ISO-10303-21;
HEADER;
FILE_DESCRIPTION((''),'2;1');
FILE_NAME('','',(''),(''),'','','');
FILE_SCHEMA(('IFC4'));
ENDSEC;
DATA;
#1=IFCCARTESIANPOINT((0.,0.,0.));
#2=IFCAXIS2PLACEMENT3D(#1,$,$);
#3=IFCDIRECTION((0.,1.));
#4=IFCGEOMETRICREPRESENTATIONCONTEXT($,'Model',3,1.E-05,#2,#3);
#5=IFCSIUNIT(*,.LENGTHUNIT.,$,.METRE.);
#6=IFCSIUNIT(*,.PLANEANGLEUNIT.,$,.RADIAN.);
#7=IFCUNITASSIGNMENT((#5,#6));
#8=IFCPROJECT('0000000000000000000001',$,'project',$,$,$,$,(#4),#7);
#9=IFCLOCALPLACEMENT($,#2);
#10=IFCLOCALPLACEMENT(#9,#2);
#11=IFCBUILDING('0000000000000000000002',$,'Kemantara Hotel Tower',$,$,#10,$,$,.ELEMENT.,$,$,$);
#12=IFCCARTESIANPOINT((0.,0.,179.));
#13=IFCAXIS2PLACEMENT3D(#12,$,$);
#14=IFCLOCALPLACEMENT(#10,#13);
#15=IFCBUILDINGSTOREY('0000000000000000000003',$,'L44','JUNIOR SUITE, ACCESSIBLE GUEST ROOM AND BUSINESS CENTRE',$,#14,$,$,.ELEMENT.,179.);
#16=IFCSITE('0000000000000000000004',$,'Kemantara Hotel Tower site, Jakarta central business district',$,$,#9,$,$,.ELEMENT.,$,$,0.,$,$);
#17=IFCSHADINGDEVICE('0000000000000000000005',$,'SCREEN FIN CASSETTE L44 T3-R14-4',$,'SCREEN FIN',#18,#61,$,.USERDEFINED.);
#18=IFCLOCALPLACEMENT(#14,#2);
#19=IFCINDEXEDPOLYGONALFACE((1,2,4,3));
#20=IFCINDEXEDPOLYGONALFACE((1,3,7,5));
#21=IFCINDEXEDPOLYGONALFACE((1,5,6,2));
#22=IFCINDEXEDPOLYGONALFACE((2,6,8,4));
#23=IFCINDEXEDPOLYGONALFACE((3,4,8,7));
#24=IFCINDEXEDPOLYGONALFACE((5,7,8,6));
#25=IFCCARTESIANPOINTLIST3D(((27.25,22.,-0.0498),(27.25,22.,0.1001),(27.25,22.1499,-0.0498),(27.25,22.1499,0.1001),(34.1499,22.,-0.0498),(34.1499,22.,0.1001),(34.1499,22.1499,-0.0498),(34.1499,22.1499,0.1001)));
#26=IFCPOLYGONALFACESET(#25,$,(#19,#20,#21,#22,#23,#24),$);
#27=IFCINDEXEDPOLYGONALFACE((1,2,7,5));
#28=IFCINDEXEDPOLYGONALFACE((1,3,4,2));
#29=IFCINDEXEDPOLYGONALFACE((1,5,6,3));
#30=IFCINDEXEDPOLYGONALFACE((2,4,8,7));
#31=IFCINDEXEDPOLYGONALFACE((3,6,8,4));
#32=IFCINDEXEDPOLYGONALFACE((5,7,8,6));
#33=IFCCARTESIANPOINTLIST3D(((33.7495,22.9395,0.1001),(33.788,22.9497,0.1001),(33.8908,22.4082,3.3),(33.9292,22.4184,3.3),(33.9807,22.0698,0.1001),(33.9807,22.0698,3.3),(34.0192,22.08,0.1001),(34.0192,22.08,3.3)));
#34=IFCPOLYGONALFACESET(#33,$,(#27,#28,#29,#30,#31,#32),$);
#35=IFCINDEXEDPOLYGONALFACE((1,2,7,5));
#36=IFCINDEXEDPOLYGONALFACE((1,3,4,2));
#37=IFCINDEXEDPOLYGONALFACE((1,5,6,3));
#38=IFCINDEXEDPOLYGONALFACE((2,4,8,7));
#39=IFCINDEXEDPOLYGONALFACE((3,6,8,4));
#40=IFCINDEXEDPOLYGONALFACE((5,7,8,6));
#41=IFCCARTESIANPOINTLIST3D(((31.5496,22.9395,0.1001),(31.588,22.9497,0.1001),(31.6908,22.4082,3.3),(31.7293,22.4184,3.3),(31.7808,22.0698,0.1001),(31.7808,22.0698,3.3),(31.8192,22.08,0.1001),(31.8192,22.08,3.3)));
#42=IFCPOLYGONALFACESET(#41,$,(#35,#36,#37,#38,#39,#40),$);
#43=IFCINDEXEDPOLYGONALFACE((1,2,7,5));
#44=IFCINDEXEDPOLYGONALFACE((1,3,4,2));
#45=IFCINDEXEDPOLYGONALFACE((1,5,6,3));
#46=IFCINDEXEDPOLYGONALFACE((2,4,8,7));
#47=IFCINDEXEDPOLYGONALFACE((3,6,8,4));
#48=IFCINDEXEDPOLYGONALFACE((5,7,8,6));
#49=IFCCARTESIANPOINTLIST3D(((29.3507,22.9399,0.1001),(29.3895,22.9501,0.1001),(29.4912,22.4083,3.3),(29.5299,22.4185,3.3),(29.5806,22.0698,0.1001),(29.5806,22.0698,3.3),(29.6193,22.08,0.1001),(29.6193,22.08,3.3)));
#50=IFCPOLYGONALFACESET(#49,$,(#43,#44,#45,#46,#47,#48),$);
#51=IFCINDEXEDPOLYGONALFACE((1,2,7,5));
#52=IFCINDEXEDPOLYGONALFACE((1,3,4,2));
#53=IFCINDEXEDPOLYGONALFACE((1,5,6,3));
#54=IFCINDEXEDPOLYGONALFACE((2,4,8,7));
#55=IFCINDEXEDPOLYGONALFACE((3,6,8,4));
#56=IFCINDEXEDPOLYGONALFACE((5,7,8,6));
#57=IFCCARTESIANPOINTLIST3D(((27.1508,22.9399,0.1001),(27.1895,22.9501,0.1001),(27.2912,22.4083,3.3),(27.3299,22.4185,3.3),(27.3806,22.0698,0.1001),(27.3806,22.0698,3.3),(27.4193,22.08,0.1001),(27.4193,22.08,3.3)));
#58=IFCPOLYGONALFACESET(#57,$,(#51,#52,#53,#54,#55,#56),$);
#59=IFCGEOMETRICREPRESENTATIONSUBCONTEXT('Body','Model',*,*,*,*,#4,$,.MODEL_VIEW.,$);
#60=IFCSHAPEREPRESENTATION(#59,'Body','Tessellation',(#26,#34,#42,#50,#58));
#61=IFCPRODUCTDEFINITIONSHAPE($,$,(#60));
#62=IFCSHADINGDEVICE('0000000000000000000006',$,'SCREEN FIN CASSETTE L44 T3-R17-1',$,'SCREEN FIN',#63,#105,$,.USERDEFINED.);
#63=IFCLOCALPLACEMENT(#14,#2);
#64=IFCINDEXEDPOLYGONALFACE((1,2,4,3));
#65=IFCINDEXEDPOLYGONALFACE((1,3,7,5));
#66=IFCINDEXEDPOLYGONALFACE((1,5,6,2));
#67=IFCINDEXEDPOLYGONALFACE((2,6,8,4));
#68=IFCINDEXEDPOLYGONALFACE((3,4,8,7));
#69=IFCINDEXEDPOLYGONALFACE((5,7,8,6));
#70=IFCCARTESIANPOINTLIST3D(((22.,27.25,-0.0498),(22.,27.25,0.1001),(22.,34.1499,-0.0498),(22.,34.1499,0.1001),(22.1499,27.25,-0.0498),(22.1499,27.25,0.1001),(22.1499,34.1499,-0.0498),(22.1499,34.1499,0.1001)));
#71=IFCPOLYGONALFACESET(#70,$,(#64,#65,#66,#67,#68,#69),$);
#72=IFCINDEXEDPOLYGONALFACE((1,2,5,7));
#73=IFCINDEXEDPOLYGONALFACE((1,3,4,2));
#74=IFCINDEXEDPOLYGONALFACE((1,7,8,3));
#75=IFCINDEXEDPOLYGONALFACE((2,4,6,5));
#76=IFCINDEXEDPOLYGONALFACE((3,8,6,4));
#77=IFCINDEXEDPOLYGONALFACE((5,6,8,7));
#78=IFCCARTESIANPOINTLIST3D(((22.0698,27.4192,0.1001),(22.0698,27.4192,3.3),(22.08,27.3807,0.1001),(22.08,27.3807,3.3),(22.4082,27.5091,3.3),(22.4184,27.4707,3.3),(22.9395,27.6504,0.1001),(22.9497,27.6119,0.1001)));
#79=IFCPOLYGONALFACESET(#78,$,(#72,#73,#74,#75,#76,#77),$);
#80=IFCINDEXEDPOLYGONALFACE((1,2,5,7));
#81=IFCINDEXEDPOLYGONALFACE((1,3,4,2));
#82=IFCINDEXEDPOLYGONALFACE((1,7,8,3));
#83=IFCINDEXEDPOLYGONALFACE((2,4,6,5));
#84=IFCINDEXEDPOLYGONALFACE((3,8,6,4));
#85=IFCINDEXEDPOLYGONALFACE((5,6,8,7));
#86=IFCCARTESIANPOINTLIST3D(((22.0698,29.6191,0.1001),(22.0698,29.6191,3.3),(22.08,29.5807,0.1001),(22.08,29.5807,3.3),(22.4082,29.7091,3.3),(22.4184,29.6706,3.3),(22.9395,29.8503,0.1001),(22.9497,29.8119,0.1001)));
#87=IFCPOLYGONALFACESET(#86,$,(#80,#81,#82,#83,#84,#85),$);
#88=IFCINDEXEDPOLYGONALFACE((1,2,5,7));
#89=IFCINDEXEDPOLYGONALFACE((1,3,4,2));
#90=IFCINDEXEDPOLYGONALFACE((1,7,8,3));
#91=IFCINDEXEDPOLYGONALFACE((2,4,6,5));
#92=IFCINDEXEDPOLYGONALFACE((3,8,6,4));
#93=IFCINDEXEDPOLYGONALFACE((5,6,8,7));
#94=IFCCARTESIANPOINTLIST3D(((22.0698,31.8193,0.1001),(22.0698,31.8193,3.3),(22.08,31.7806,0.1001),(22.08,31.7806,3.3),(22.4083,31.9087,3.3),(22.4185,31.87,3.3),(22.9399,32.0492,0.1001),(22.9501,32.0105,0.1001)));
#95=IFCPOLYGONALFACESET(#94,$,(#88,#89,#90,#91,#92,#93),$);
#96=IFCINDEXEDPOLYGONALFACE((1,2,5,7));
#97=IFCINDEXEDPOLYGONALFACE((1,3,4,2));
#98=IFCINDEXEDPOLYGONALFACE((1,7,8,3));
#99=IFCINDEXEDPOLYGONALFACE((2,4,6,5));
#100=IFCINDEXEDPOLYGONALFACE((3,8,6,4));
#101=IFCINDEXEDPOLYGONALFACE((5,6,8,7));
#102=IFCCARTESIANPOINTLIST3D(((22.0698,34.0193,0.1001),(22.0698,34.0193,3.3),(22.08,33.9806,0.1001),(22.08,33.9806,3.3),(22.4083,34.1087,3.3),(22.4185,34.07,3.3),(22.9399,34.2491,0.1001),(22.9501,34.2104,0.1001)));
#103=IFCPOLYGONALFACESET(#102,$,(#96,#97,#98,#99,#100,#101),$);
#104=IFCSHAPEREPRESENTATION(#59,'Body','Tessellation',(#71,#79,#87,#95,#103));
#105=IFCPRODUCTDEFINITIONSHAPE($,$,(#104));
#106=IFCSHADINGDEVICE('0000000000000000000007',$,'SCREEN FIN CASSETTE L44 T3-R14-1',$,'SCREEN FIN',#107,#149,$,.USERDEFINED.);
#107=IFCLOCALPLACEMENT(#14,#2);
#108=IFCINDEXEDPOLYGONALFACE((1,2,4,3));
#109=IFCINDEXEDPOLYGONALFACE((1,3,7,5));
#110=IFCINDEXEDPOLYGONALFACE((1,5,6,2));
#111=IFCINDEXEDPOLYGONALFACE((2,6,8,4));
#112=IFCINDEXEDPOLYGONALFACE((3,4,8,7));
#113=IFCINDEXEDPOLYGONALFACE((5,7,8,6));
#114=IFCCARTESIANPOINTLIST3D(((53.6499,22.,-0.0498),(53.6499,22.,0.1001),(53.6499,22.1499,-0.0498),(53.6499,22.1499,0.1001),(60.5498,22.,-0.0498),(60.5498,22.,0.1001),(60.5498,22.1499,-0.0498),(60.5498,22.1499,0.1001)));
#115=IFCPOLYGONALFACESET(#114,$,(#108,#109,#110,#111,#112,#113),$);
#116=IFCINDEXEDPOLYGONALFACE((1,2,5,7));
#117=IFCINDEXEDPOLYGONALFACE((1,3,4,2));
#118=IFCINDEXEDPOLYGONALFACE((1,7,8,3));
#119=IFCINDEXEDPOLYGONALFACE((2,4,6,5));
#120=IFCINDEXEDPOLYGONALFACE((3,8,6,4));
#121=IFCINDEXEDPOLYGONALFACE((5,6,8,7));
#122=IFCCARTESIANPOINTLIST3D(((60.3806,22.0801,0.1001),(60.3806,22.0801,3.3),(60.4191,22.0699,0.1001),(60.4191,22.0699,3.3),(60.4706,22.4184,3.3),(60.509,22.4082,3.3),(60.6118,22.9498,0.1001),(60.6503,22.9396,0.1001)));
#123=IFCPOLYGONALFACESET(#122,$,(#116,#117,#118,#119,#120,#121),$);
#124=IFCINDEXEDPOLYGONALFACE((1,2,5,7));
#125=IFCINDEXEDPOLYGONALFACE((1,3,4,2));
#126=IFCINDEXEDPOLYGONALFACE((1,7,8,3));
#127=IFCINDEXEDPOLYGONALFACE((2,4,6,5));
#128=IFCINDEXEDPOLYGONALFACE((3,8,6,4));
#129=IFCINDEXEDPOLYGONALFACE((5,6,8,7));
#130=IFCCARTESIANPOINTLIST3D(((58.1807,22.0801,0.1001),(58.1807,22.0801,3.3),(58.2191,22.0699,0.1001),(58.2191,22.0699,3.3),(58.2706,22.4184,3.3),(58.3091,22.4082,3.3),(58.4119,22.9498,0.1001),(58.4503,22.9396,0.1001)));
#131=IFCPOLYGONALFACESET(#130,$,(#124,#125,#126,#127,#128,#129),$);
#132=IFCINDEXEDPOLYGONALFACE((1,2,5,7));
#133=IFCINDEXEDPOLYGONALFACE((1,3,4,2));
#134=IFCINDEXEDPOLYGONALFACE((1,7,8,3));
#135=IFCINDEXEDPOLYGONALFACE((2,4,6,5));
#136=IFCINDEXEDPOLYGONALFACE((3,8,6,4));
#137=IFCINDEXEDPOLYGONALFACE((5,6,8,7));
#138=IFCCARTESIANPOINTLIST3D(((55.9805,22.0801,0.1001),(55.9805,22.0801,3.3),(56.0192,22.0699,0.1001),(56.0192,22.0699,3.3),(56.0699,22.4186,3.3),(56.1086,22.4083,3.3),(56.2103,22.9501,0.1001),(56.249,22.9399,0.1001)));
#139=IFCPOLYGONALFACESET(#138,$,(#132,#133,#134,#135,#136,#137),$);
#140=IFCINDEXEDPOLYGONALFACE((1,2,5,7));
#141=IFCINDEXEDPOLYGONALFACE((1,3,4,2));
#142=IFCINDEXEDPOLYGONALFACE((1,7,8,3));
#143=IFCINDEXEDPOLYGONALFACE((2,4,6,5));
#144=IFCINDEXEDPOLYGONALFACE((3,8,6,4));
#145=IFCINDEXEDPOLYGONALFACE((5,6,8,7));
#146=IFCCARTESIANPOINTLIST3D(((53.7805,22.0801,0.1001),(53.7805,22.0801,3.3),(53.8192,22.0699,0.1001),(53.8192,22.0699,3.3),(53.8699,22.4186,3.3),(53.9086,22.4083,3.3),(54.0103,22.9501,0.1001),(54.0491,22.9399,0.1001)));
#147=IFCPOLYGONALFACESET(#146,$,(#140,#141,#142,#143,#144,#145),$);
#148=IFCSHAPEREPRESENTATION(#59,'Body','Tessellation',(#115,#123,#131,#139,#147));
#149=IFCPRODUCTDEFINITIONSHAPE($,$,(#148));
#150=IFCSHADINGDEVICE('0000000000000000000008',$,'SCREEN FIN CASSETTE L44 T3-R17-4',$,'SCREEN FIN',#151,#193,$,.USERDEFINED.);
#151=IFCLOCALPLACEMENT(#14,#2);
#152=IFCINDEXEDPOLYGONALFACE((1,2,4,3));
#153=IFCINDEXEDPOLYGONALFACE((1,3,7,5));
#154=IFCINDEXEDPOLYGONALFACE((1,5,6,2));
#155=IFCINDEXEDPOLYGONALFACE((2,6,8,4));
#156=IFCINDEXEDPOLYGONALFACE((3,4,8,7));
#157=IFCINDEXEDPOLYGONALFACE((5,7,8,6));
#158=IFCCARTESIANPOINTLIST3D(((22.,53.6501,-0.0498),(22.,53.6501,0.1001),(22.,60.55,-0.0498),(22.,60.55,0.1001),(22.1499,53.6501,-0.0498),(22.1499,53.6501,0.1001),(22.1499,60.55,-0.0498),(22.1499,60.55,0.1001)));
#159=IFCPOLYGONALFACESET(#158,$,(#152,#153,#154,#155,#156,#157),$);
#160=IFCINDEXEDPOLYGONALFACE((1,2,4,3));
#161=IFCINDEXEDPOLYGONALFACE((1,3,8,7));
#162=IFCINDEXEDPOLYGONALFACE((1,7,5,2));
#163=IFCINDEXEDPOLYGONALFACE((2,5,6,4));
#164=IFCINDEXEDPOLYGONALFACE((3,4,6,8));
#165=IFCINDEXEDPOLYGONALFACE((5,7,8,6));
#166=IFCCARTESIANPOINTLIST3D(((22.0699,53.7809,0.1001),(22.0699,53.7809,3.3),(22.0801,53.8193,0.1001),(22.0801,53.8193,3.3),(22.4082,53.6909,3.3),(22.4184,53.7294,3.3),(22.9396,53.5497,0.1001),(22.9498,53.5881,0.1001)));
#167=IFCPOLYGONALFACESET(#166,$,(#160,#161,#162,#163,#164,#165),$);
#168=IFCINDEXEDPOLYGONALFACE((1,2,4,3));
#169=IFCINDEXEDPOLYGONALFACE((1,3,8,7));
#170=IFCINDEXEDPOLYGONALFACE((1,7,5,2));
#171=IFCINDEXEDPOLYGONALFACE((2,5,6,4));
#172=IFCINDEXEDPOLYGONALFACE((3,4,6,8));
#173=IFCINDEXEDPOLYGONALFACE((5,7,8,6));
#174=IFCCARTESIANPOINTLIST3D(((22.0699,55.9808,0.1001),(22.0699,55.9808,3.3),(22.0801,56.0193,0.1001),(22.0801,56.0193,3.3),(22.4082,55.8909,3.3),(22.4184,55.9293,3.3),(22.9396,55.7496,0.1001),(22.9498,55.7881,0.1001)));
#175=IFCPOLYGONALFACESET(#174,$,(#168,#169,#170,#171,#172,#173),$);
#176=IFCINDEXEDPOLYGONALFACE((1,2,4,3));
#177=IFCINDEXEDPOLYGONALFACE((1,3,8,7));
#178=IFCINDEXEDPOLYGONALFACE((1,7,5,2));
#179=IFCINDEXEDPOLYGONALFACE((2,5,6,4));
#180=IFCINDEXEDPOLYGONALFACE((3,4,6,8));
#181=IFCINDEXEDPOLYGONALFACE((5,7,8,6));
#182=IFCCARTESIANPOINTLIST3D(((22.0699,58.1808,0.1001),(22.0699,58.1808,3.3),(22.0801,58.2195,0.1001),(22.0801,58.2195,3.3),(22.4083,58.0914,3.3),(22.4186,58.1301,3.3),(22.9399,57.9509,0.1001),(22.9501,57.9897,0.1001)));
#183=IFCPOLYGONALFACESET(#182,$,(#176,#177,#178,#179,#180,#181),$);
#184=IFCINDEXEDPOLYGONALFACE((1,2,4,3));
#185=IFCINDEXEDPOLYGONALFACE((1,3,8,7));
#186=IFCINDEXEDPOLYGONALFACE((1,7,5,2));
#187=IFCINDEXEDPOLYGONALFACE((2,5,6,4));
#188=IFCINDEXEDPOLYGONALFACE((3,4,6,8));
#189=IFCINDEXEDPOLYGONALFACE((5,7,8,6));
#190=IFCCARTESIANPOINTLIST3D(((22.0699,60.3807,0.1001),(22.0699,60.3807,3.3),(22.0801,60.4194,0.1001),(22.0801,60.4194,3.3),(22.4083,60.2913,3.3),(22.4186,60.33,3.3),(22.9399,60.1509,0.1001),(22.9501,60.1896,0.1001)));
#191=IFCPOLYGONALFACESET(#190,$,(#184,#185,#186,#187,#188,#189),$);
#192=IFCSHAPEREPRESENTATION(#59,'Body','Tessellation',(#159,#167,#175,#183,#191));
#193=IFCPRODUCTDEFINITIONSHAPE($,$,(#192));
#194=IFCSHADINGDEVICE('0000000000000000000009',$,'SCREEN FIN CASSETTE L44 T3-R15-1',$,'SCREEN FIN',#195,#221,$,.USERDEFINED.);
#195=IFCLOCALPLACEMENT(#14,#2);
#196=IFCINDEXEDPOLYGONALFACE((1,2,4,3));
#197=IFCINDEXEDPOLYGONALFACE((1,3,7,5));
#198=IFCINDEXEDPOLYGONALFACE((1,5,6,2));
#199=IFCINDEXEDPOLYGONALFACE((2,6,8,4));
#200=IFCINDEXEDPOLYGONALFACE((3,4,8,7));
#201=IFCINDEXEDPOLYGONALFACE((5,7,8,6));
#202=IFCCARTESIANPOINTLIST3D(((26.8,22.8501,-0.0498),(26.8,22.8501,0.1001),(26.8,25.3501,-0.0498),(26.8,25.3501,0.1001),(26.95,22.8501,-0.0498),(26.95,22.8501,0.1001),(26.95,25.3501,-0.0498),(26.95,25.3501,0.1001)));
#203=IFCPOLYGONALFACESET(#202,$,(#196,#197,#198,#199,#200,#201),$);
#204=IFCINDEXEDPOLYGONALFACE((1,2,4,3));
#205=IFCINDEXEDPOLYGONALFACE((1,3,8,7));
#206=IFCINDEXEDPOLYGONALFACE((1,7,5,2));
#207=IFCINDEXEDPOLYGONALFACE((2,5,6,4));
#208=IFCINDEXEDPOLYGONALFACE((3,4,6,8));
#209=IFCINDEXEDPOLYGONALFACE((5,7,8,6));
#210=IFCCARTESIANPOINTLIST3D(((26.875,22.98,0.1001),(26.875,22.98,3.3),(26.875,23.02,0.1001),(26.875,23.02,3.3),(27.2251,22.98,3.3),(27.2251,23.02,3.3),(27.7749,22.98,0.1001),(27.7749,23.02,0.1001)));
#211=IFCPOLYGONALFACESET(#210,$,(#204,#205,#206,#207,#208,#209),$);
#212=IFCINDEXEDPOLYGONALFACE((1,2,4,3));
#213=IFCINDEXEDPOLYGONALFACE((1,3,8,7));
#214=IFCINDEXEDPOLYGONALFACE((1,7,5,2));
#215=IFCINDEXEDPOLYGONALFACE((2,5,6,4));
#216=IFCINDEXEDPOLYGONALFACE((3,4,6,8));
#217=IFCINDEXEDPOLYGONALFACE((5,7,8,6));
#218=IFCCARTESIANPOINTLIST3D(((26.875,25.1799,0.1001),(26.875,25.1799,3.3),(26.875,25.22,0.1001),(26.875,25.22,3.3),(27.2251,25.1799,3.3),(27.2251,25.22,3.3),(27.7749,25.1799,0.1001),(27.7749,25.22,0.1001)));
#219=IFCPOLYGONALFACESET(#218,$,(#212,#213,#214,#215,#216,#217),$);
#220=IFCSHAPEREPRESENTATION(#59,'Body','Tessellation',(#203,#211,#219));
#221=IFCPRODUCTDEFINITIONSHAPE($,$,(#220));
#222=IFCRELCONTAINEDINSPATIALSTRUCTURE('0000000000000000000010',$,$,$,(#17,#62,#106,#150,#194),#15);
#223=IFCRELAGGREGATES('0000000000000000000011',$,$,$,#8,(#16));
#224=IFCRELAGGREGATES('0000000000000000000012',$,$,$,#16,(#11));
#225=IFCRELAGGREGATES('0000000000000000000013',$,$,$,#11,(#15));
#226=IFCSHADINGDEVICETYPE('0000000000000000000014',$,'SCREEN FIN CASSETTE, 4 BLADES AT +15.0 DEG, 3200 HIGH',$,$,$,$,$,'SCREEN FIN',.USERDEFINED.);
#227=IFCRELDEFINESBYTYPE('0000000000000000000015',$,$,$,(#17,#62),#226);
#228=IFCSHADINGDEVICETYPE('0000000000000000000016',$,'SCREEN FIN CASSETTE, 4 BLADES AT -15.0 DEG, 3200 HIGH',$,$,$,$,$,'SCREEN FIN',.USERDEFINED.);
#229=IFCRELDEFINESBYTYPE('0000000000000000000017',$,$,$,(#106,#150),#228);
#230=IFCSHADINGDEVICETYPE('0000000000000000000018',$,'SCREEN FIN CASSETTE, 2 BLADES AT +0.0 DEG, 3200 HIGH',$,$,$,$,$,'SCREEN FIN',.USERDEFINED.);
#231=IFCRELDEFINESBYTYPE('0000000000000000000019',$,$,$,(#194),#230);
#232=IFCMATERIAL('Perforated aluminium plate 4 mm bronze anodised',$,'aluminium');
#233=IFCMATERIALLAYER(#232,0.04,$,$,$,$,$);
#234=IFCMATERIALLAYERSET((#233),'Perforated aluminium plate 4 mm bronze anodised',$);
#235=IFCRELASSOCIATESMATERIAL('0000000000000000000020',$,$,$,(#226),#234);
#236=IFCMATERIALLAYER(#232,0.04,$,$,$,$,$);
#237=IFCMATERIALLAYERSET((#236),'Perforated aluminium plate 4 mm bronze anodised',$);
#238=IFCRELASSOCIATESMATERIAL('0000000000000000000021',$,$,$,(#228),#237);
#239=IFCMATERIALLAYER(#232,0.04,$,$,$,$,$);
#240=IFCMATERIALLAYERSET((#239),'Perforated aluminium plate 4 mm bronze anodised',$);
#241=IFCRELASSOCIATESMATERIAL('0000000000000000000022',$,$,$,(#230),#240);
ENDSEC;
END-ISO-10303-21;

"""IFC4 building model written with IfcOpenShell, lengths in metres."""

from ifc_helpers import new_model, si_unit, direction, frame, origin, origin_2d, place, context, subcontext, project, spatial, polyline, rectangle, outline, extrude, source, transform, mapped, material, layer, layer_set, type_object, element, save


model = new_model("IFC4")

# Units and contexts
model_context = context("Model", 3, precision=1e-05, world=origin(), true_north=direction((0.0, 1.0)))
body_context = subcontext(model_context, "Body", "Model", "MODEL_VIEW")
ifc_project = project(units=[si_unit("LENGTHUNIT", "METRE"), si_unit("PLANEANGLEUNIT", "RADIAN")], contexts=[model_context])

# Site, building, storey
site_placement = place(None, origin())
site = spatial("IfcSite", under=ifc_project, at=site_placement, Name="Kemantara Hotel Tower site, Jakarta central business district", CompositionType="ELEMENT", RefElevation=0.0)
building_placement = place(site_placement, origin())
building = spatial("IfcBuilding", under=site, at=building_placement, Name="Kemantara Hotel Tower", CompositionType="ELEMENT")
storey_placement = place(building_placement, frame((0.0, 0.0, 179.0)))
storey = spatial("IfcBuildingStorey", under=building, at=storey_placement, Name="L44", Description="JUNIOR SUITE, ACCESSIBLE GUEST ROOM AND BUSINESS CENTRE", CompositionType="ELEMENT", Elevation=179.0)

# Shading devices
ifc_material_1 = material(Name="Perforated aluminium plate 4 mm bronze anodised", Category="aluminium")
ifc_layer_1 = layer(ifc_material_1, 0.04)
ifc_layer_set_1 = layer_set([ifc_layer_1], Name="Perforated aluminium plate 4 mm bronze anodised")
shading_device_type_1 = type_object("IfcShadingDeviceType", Name="SCREEN FIN CASSETTE, 4 BLADES AT +15.0 DEG, 3200 HIGH", ElementType="SCREEN FIN", PredefinedType="USERDEFINED", material=ifc_layer_set_1)
shared_shape_1 = source(origin(), body_context, "Body", "SweptSolid", [
    extrude(rectangle(XDim=6.8999, YDim=0.1499, at=origin_2d()), frame((3.3, -0.075, -0.1499), z_axis=(0.0, 0.0, 1.0), x_axis=(1.0, 0.0, 0.0)), (0.0, 0.0, 1.0), 0.1499),
    extrude(outline(polyline([(0.0, 0.0), (0.8999, 0.0), (0.3501, 3.2), (0.0, 3.2), (0.0, 0.0)])), frame((0.0193, -0.0698, 0.0), z_axis=(-0.966438, -0.256901, 0.0), x_axis=(0.256901, -0.966438, 0.0)), (0.0, 0.0, 1.0), 0.0398),
    extrude(outline(polyline([(0.0, 0.0), (0.8999, 0.0), (0.3501, 3.2), (0.0, 3.2), (0.0, 0.0)])), frame((2.2192, -0.0698, 0.0), z_axis=(-0.966438, -0.256901, 0.0), x_axis=(0.256901, -0.966438, 0.0)), (0.0, 0.0, 1.0), 0.0398),
    extrude(outline(polyline([(0.0, 0.0), (0.8999, 0.0), (0.3501, 3.2), (0.0, 3.2), (0.0, 0.0)])), frame((4.4194, -0.0698, 0.0), z_axis=(-0.966838, -0.255391, 0.0), x_axis=(0.255391, -0.966838, 0.0)), (0.0, 0.0, 1.0), 0.04),
    extrude(outline(polyline([(0.0, 0.0), (0.8999, 0.0), (0.3501, 3.2), (0.0, 3.2), (0.0, 0.0)])), frame((6.6194, -0.0698, 0.0), z_axis=(-0.966838, -0.255391, 0.0), x_axis=(0.255391, -0.966838, 0.0)), (0.0, 0.0, 1.0), 0.04),
])
for number, where, z_axis, x_axis, name in (
    (1, (34.0, 22.0, 0.1001), (0.0, 0.0, 1.0), (-1.0, 0.0, 0.0), "SCREEN FIN CASSETTE L44 T3-R14-4"),
    (2, (22.0, 27.3999, 0.1001), (0.0, 0.0, 1.0), (0.0, 1.0, 0.0), "SCREEN FIN CASSETTE L44 T3-R17-1"),
):
    element("IfcShadingDevice", number, at=place(storey_placement, frame(where, z_axis=z_axis, x_axis=x_axis)), inside=storey, type_object=shading_device_type_1, Name=name, ObjectType="SCREEN FIN", PredefinedType="USERDEFINED", context=body_context, shape_type="MappedRepresentation", body=[
        mapped(shared_shape_1, transform((0.0, 0.0, 0.0))),
    ])
ifc_layer_2 = layer(ifc_material_1, 0.04)
ifc_layer_set_2 = layer_set([ifc_layer_2], Name="Perforated aluminium plate 4 mm bronze anodised")
shading_device_type_2 = type_object("IfcShadingDeviceType", Name="SCREEN FIN CASSETTE, 4 BLADES AT -15.0 DEG, 3200 HIGH", ElementType="SCREEN FIN", PredefinedType="USERDEFINED", material=ifc_layer_set_2)
shared_shape_2 = source(origin(), body_context, "Body", "SweptSolid", [
    extrude(rectangle(XDim=6.8999, YDim=0.1499, at=origin_2d()), frame((3.3, -0.075, -0.1499), z_axis=(0.0, 0.0, 1.0), x_axis=(1.0, 0.0, 0.0)), (0.0, 0.0, 1.0), 0.1499),
    extrude(outline(polyline([(0.0, 0.0), (0.8999, 0.0), (0.3501, 3.2), (0.0, 3.2), (0.0, 0.0)])), frame((0.0193, -0.0801, 0.0), z_axis=(-0.966438, 0.256901, 0.0), x_axis=(-0.256901, -0.966438, 0.0)), (0.0, 0.0, 1.0), 0.0398),
    extrude(outline(polyline([(0.0, 0.0), (0.8999, 0.0), (0.3501, 3.2), (0.0, 3.2), (0.0, 0.0)])), frame((2.2192, -0.0801, 0.0), z_axis=(-0.966438, 0.256901, 0.0), x_axis=(-0.256901, -0.966438, 0.0)), (0.0, 0.0, 1.0), 0.0398),
    extrude(outline(polyline([(0.0, 0.0), (0.8999, 0.0), (0.3501, 3.2), (0.0, 3.2), (0.0, 0.0)])), frame((4.4194, -0.0801, 0.0), z_axis=(-0.966838, 0.255391, 0.0), x_axis=(-0.255391, -0.966838, 0.0)), (0.0, 0.0, 1.0), 0.04),
    extrude(outline(polyline([(0.0, 0.0), (0.8999, 0.0), (0.3501, 3.2), (0.0, 3.2), (0.0, 0.0)])), frame((6.6194, -0.0801, 0.0), z_axis=(-0.966838, 0.255391, 0.0), x_axis=(-0.255391, -0.966838, 0.0)), (0.0, 0.0, 1.0), 0.04),
])
for number, where, z_axis, x_axis, name in (
    (3, (60.3999, 22.0, 0.1001), (0.0, 0.0, 1.0), (-1.0, 0.0, 0.0), "SCREEN FIN CASSETTE L44 T3-R14-1"),
    (4, (22.0, 53.8, 0.1001), (0.0, 0.0, 1.0), (0.0, 1.0, 0.0), "SCREEN FIN CASSETTE L44 T3-R17-4"),
):
    element("IfcShadingDevice", number, at=place(storey_placement, frame(where, z_axis=z_axis, x_axis=x_axis)), inside=storey, type_object=shading_device_type_2, Name=name, ObjectType="SCREEN FIN", PredefinedType="USERDEFINED", context=body_context, shape_type="MappedRepresentation", body=[
        mapped(shared_shape_2, transform((0.0, 0.0, 0.0))),
    ])
ifc_layer_3 = layer(ifc_material_1, 0.04)
ifc_layer_set_3 = layer_set([ifc_layer_3], Name="Perforated aluminium plate 4 mm bronze anodised")
shading_device_type_3 = type_object("IfcShadingDeviceType", Name="SCREEN FIN CASSETTE, 2 BLADES AT +0.0 DEG, 3200 HIGH", ElementType="SCREEN FIN", PredefinedType="USERDEFINED", material=ifc_layer_set_3)
shared_shape_3 = source(origin(), body_context, "Body", "SweptSolid", [
    extrude(rectangle(XDim=2.5, YDim=0.1499, at=origin_2d()), frame((1.1001, -0.075, -0.1499), z_axis=(0.0, 0.0, 1.0), x_axis=(1.0, 0.0, 0.0)), (0.0, 0.0, 1.0), 0.1499),
    extrude(outline(polyline([(0.0, 0.0), (0.8999, 0.0), (0.3501, 3.2), (0.0, 3.2), (0.0, 0.0)])), frame((0.02, -0.075, 0.0), z_axis=(-1.0, 0.0, 0.0), x_axis=(0.0, -1.0, 0.0)), (0.0, 0.0, 1.0), 0.04),
    extrude(outline(polyline([(0.0, 0.0), (0.8999, 0.0), (0.3501, 3.2), (0.0, 3.2), (0.0, 0.0)])), frame((2.22, -0.075, 0.0), z_axis=(-1.0, 0.0, 0.0), x_axis=(0.0, -1.0, 0.0)), (0.0, 0.0, 1.0), 0.04),
])
for number, where, z_axis, x_axis, name in (
    (5, (26.8, 23.0, 0.1001), (0.0, 0.0, 1.0), (0.0, 1.0, 0.0), "SCREEN FIN CASSETTE L44 T3-R15-1"),
):
    element("IfcShadingDevice", number, at=place(storey_placement, frame(where, z_axis=z_axis, x_axis=x_axis)), inside=storey, type_object=shading_device_type_3, Name=name, ObjectType="SCREEN FIN", PredefinedType="USERDEFINED", context=body_context, shape_type="MappedRepresentation", body=[
        mapped(shared_shape_3, transform((0.0, 0.0, 0.0))),
    ])

save(model, "model.ifc")
